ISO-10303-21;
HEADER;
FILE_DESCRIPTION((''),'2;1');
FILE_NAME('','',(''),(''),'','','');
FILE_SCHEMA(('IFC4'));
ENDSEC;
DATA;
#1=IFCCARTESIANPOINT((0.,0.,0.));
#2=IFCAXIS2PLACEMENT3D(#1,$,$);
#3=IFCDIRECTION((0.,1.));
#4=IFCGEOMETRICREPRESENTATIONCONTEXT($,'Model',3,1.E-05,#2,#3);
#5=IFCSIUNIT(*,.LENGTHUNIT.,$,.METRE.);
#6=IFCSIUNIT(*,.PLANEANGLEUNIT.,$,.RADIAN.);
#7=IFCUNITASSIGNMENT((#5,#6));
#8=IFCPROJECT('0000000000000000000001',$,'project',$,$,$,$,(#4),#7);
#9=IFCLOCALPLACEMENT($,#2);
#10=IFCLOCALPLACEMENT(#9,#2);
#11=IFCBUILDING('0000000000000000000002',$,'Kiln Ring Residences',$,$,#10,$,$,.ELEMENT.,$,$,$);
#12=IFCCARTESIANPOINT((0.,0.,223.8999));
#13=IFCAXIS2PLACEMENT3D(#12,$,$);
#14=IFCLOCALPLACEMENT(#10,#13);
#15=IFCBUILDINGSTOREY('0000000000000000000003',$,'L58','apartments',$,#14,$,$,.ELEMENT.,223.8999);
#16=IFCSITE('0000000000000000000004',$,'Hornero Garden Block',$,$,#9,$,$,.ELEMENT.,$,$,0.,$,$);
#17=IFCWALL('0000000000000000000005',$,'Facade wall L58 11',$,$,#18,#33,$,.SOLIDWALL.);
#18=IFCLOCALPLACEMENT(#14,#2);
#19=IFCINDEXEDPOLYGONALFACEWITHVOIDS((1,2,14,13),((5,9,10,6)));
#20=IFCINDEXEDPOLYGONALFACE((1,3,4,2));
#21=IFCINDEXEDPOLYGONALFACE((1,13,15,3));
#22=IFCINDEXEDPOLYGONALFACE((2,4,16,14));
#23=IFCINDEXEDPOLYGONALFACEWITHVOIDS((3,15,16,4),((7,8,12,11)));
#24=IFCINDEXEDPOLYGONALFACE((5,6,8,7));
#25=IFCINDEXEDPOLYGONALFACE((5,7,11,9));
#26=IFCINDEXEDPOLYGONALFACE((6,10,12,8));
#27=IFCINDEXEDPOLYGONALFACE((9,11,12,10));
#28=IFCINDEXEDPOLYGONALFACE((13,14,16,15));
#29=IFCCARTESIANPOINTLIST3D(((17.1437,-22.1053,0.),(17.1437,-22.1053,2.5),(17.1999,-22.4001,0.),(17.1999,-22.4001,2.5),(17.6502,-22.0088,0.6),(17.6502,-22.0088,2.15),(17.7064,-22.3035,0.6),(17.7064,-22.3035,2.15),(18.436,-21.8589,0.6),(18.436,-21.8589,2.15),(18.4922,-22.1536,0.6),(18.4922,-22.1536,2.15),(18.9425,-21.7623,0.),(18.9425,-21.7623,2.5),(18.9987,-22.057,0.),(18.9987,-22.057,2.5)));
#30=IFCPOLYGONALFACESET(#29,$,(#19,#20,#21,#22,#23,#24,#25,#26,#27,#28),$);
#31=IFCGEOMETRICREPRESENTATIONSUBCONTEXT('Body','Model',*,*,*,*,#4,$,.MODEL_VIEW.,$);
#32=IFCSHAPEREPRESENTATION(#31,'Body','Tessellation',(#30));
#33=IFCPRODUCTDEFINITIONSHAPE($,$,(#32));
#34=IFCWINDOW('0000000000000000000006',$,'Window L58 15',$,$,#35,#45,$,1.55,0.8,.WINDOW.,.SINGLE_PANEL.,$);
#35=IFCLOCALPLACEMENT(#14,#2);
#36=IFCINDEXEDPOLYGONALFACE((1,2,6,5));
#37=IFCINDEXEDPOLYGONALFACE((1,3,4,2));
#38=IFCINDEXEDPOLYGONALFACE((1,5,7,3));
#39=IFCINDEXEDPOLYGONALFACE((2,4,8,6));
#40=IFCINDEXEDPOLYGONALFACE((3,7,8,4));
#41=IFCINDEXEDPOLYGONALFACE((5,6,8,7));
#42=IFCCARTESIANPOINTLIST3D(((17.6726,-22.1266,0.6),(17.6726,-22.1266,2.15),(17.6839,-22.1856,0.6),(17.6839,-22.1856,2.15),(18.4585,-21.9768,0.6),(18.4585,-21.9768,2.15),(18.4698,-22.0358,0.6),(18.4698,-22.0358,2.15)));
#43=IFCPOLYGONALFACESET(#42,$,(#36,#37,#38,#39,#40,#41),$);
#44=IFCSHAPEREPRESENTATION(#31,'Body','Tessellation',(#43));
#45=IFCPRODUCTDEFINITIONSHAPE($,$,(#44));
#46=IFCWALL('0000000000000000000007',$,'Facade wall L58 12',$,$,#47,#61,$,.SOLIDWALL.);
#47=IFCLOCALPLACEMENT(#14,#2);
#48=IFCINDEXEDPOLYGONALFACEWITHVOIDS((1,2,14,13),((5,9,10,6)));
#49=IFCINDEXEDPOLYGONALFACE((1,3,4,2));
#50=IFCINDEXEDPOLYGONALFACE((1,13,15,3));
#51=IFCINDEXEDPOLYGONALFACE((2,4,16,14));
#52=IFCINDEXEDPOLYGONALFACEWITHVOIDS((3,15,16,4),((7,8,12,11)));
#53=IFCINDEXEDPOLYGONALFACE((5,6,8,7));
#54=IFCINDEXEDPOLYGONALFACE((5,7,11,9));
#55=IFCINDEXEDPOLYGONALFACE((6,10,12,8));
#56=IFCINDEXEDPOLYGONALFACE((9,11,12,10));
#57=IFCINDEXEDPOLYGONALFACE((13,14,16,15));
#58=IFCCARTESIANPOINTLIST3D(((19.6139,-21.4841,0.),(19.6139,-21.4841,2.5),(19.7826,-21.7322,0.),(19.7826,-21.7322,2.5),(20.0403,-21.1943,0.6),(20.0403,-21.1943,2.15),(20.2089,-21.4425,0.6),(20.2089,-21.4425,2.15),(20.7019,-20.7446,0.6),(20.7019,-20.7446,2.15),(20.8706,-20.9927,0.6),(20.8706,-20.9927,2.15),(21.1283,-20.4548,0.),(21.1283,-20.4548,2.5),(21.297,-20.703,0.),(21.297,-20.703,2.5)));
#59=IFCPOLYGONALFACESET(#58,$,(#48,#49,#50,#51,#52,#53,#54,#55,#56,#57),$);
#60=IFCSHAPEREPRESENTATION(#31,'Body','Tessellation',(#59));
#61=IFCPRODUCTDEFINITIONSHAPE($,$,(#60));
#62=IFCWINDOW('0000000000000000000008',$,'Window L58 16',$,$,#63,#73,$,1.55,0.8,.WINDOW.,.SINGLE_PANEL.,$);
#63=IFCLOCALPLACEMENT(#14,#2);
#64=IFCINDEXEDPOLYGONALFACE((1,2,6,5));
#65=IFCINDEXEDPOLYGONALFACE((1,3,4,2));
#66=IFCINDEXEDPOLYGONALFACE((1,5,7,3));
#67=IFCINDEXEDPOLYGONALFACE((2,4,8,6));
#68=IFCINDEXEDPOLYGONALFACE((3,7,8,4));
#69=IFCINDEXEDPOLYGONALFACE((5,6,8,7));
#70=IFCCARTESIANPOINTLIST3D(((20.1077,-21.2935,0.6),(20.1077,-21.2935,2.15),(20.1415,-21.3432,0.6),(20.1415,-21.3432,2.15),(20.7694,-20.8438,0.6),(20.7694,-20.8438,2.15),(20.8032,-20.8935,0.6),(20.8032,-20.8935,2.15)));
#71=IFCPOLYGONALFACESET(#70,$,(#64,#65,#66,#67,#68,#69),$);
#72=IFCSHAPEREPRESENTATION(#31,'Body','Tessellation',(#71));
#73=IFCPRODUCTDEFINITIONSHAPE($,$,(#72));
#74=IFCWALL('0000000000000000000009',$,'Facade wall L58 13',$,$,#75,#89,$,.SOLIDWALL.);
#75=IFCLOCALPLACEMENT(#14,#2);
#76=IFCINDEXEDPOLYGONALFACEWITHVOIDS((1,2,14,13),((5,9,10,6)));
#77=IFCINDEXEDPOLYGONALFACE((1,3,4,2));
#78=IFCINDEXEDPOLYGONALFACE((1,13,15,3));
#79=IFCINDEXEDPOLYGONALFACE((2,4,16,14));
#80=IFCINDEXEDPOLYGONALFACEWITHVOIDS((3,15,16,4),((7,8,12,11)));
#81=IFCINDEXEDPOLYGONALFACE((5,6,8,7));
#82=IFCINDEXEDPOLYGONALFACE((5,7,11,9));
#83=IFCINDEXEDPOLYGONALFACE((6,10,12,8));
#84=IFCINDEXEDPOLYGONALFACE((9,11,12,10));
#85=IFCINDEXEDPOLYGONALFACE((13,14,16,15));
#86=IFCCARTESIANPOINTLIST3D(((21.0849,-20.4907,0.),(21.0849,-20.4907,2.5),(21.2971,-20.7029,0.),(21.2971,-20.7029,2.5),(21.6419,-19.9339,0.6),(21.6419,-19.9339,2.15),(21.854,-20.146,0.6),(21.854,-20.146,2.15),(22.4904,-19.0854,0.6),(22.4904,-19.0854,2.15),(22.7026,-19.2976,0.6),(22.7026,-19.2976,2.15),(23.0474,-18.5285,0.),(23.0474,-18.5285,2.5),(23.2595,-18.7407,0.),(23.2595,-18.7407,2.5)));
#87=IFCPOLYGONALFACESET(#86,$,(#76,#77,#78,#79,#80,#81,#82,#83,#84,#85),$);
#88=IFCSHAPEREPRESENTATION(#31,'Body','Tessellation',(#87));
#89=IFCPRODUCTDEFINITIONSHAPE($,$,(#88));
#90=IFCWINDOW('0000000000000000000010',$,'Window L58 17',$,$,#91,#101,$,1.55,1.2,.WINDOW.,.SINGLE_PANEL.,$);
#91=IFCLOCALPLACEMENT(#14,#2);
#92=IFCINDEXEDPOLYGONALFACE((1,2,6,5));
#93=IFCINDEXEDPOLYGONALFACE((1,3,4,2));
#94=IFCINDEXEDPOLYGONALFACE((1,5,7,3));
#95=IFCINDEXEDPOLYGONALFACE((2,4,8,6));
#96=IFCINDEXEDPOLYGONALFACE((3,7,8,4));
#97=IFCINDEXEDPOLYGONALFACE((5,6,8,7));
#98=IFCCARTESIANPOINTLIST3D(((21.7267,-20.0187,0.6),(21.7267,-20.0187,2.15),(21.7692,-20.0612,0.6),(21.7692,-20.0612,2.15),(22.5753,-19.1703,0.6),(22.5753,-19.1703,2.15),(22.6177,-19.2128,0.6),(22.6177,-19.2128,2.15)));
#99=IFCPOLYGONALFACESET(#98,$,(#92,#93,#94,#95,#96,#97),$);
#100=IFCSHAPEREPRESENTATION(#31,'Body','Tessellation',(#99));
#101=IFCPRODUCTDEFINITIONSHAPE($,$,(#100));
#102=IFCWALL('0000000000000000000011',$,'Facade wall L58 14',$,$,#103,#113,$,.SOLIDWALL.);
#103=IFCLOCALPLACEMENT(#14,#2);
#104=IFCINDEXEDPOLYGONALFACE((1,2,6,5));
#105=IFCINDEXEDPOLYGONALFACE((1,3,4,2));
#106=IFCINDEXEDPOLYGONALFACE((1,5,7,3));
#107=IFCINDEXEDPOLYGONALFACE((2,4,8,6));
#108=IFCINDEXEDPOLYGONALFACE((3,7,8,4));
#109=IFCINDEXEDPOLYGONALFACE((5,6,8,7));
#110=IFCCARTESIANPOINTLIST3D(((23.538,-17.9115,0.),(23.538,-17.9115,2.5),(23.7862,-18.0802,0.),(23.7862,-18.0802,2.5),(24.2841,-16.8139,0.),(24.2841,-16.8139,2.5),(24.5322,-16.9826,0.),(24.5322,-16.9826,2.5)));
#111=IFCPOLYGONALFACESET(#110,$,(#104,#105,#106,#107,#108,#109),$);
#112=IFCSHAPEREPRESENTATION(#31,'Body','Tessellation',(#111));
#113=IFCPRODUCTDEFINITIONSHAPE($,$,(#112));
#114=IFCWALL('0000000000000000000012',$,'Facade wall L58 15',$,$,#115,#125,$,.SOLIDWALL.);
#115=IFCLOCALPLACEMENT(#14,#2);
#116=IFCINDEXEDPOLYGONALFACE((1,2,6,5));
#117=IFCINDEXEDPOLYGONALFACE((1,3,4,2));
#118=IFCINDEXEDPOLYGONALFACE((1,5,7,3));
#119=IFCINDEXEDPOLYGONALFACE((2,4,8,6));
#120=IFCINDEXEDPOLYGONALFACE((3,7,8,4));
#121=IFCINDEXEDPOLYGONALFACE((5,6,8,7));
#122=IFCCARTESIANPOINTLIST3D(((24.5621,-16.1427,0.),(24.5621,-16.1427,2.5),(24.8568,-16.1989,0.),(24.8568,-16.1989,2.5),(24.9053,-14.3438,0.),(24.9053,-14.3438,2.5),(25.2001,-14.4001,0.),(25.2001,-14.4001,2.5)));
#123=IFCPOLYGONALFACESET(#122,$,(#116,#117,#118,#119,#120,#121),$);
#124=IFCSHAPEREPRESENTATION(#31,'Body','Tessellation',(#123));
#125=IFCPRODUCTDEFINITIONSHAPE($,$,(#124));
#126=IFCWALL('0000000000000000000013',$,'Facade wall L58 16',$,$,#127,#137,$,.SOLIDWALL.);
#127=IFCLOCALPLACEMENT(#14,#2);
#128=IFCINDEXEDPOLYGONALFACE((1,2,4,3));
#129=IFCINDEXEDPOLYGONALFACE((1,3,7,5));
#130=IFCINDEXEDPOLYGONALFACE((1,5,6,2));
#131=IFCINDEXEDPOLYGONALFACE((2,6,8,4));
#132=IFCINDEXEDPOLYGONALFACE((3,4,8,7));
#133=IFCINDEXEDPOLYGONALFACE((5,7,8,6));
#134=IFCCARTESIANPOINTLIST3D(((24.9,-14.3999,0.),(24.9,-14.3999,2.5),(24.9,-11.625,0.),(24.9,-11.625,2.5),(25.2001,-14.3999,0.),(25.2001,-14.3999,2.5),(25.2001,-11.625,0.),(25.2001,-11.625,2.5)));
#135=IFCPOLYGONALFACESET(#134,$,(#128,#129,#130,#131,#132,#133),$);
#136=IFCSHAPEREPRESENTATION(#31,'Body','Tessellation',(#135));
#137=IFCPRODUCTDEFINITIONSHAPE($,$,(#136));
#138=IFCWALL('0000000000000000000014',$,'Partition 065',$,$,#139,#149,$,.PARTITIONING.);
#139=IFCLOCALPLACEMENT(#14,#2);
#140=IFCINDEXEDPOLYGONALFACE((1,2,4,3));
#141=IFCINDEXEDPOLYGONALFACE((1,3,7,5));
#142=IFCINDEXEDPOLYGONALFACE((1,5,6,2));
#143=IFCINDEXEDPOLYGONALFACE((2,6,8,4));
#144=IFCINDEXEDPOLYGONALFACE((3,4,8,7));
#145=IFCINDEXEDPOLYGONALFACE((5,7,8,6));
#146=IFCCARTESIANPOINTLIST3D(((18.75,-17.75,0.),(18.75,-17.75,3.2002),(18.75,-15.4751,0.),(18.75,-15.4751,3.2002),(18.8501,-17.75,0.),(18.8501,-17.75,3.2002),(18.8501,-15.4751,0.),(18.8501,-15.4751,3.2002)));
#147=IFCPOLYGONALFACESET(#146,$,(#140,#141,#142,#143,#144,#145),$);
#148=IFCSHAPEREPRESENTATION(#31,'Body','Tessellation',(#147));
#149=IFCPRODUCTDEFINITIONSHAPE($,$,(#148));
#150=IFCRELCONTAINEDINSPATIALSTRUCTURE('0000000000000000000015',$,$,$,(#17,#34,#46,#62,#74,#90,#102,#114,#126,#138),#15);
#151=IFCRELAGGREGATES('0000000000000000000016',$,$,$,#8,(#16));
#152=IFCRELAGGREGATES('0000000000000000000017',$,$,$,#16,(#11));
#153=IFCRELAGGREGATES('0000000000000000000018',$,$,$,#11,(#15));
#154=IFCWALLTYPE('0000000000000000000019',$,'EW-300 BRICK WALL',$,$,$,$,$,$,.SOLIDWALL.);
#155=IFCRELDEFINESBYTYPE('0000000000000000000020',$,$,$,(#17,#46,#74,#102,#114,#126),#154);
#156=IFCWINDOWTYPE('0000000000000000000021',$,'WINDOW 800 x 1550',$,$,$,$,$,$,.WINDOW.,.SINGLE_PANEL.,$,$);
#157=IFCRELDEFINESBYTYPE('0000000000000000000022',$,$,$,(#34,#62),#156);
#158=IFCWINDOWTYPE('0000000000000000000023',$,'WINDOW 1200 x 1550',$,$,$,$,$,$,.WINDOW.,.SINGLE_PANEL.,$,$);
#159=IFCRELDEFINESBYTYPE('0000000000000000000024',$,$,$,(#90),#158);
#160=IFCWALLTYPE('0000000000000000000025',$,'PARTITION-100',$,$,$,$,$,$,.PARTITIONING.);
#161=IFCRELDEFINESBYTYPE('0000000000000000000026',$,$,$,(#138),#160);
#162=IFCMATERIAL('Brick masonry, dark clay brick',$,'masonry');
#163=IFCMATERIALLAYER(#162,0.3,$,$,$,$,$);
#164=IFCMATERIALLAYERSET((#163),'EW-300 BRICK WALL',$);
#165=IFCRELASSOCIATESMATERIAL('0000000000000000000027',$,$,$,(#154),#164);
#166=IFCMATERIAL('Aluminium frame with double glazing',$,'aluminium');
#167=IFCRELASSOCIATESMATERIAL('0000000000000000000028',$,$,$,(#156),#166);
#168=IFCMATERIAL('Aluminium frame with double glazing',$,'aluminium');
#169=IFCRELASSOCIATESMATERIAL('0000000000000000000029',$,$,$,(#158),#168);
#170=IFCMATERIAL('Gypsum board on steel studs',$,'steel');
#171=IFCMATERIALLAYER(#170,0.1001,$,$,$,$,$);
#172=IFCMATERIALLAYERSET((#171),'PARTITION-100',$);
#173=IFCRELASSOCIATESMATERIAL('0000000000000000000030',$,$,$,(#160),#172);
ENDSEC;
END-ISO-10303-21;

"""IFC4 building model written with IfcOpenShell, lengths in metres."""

from ifc_helpers import new_model, si_unit, direction, frame, frame_2d, origin, place, context, subcontext, project, spatial, rectangle, extrude, material, layer, layer_set, type_object, element, fill, save


model = new_model("IFC4")

# Units and contexts
model_context = context("Model", 3, precision=1e-05, world=origin(), true_north=direction((0.0, 1.0)))
body_context = subcontext(model_context, "Body", "Model", "MODEL_VIEW")
ifc_project = project(units=[si_unit("LENGTHUNIT", "METRE"), si_unit("PLANEANGLEUNIT", "RADIAN")], contexts=[model_context])

# Site, building, storey
site_placement = place(None, origin())
site = spatial("IfcSite", under=ifc_project, at=site_placement, Name="Hornero Garden Block", CompositionType="ELEMENT", RefElevation=0.0)
building_placement = place(site_placement, origin())
building = spatial("IfcBuilding", under=site, at=building_placement, Name="Kiln Ring Residences", CompositionType="ELEMENT")
storey_placement = place(building_placement, frame((0.0, 0.0, 223.8999)))
storey = spatial("IfcBuildingStorey", under=building, at=storey_placement, Name="L58", Description="apartments", CompositionType="ELEMENT", Elevation=223.8999)

# Walls, openings, windows
ifc_material_1 = material(Name="Brick masonry, dark clay brick", Category="masonry")
ifc_layer_1 = layer(ifc_material_1, 0.3)
ifc_layer_set_1 = layer_set([ifc_layer_1], Name="EW-300 BRICK WALL")
wall_type_1 = type_object("IfcWallType", Name="EW-300 BRICK WALL", PredefinedType="SOLIDWALL", material=ifc_layer_set_1)
wall_1_placement = place(storey_placement, frame((17.1719, -22.2527, 0.0), z_axis=(0.0, 0.0, 1.0), x_axis=(0.9823, 0.187314, 0.0)))
wall_1 = element("IfcWall", 1, at=wall_1_placement, inside=storey, type_object=wall_type_1, Name="Facade wall L58 11", PredefinedType="SOLIDWALL", context=body_context, shape_type="SweptSolid", body=[
    extrude(rectangle(XDim=1.8313, YDim=0.3, at=frame_2d((0.9155, 0.0))), origin(), (0.0, 0.0, 1.0), 2.5),
])
opening_1_placement = place(wall_1_placement, frame((0.5156, 0.0, 0.6001)))
opening_1 = element("IfcOpeningElement", 2, at=opening_1_placement, cuts=wall_1, PredefinedType="OPENING", context=body_context, shape_type="SweptSolid", body=[
    extrude(rectangle(XDim=0.8, YDim=1.55, at=frame_2d((0.3999, 0.7749))), frame((0.0, 0.1599, 0.0), z_axis=(0.0, -1.0, 0.0), x_axis=(1.0, 0.0, 0.0)), (0.0, 0.0, 1.0), 0.3201),
])
ifc_material_2 = material(Name="Aluminium frame with double glazing", Category="aluminium")
window_type_1 = type_object("IfcWindowType", Name="WINDOW 800 x 1550", PartitioningType="SINGLE_PANEL", PredefinedType="WINDOW", material=ifc_material_2)
window_1_placement = place(opening_1_placement, origin())
window_1 = element("IfcWindow", 3, at=window_1_placement, inside=storey, type_object=window_type_1, Name="Window L58 15", OverallHeight=1.55, OverallWidth=0.8, PartitioningType="SINGLE_PANEL", PredefinedType="WINDOW", context=body_context, shape_type="SweptSolid", body=[
    extrude(rectangle(XDim=0.8, YDim=1.55, at=frame_2d((0.3999, 0.7749))), frame((0.0, 0.03, 0.0), z_axis=(0.0, -1.0, 0.0), x_axis=(1.0, 0.0, 0.0)), (0.0, 0.0, 1.0), 0.0601),
])
fill(opening_1, window_1)
wall_2_placement = place(storey_placement, frame((19.6982, -21.6082, 0.0), z_axis=(0.0, 0.0, 1.0), x_axis=(0.827053, 0.562124, 0.0)))
wall_2 = element("IfcWall", 4, at=wall_2_placement, inside=storey, type_object=wall_type_1, Name="Facade wall L58 12", PredefinedType="SOLIDWALL", context=body_context, shape_type="SweptSolid", body=[
    extrude(rectangle(XDim=1.8311, YDim=0.3, at=frame_2d((0.9155, 0.0))), origin(), (0.0, 0.0, 1.0), 2.5),
])
opening_2_placement = place(wall_2_placement, frame((0.5156, 0.0, 0.6001)))
opening_2 = element("IfcOpeningElement", 5, at=opening_2_placement, cuts=wall_2, PredefinedType="OPENING", context=body_context, shape_type="SweptSolid", body=[
    extrude(rectangle(XDim=0.8, YDim=1.55, at=frame_2d((0.3999, 0.7749))), frame((0.0, 0.1599, 0.0), z_axis=(0.0, -1.0, 0.0), x_axis=(1.0, 0.0, 0.0)), (0.0, 0.0, 1.0), 0.3201),
])
window_2_placement = place(opening_2_placement, origin())
window_2 = element("IfcWindow", 6, at=window_2_placement, inside=storey, type_object=window_type_1, Name="Window L58 16", OverallHeight=1.55, OverallWidth=0.8, PartitioningType="SINGLE_PANEL", PredefinedType="WINDOW", context=body_context, shape_type="SweptSolid", body=[
    extrude(rectangle(XDim=0.8, YDim=1.55, at=frame_2d((0.3999, 0.7749))), frame((0.0, 0.03, 0.0), z_axis=(0.0, -1.0, 0.0), x_axis=(1.0, 0.0, 0.0)), (0.0, 0.0, 1.0), 0.0601),
])
fill(opening_2, window_2)
wall_3_placement = place(storey_placement, frame((21.1909, -20.5969, 0.0), z_axis=(0.0, 0.0, 1.0), x_axis=(0.707151, 0.707063, 0.0)))
wall_3 = element("IfcWall", 7, at=wall_3_placement, inside=storey, type_object=wall_type_1, Name="Facade wall L58 13", PredefinedType="SOLIDWALL", context=body_context, shape_type="SweptSolid", body=[
    extrude(rectangle(XDim=2.7751, YDim=0.3, at=frame_2d((1.3877, 0.0))), origin(), (0.0, 0.0, 1.0), 2.5),
])
opening_3_placement = place(wall_3_placement, frame((0.7876, 0.0, 0.6001)))
opening_3 = element("IfcOpeningElement", 8, at=opening_3_placement, cuts=wall_3, PredefinedType="OPENING", context=body_context, shape_type="SweptSolid", body=[
    extrude(rectangle(XDim=1.2, YDim=1.55, at=frame_2d((0.6001, 0.7749))), frame((0.0, 0.1599, 0.0), z_axis=(0.0, -1.0, 0.0), x_axis=(1.0, 0.0, 0.0)), (0.0, 0.0, 1.0), 0.3201),
])
ifc_material_3 = material(Name="Aluminium frame with double glazing", Category="aluminium")
window_type_2 = type_object("IfcWindowType", Name="WINDOW 1200 x 1550", PartitioningType="SINGLE_PANEL", PredefinedType="WINDOW", material=ifc_material_3)
window_3_placement = place(opening_3_placement, origin())
window_3 = element("IfcWindow", 9, at=window_3_placement, inside=storey, type_object=window_type_2, Name="Window L58 17", OverallHeight=1.55, OverallWidth=1.2, PartitioningType="SINGLE_PANEL", PredefinedType="WINDOW", context=body_context, shape_type="SweptSolid", body=[
    extrude(rectangle(XDim=1.2, YDim=1.55, at=frame_2d((0.6001, 0.7749))), frame((0.0, 0.03, 0.0), z_axis=(0.0, -1.0, 0.0), x_axis=(1.0, 0.0, 0.0)), (0.0, 0.0, 1.0), 0.0601),
])
fill(opening_3, window_3)

# Walls
wall_4_placement = place(storey_placement, frame((23.6621, -17.9958, 0.0), z_axis=(0.0, 0.0, 1.0), x_axis=(0.562149, 0.827036, 0.0)))
element("IfcWall", 10, at=wall_4_placement, inside=storey, type_object=wall_type_1, Name="Facade wall L58 14", PredefinedType="SOLIDWALL", context=body_context, shape_type="SweptSolid", body=[
    extrude(rectangle(XDim=1.3271, YDim=0.3, at=frame_2d((0.6636, 0.0))), origin(), (0.0, 0.0, 1.0), 2.5),
])
wall_5_placement = place(storey_placement, frame((24.7095, -16.1707, 0.0), z_axis=(0.0, 0.0, 1.0), x_axis=(0.187443, 0.982275, 0.0)))
element("IfcWall", 11, at=wall_5_placement, inside=storey, type_object=wall_type_1, Name="Facade wall L58 15", PredefinedType="SOLIDWALL", context=body_context, shape_type="SweptSolid", body=[
    extrude(rectangle(XDim=1.8313, YDim=0.3, at=frame_2d((0.9155, 0.0))), origin(), (0.0, 0.0, 1.0), 2.5),
])
wall_6_placement = place(storey_placement, frame((25.05, -14.3999, 0.0), z_axis=(0.0, 0.0, 1.0), x_axis=(0.0, 1.0, 0.0)))
element("IfcWall", 12, at=wall_6_placement, inside=storey, type_object=wall_type_1, Name="Facade wall L58 16", PredefinedType="SOLIDWALL", context=body_context, shape_type="SweptSolid", body=[
    extrude(rectangle(XDim=2.7749, YDim=0.3, at=frame_2d((1.3875, 0.0))), origin(), (0.0, 0.0, 1.0), 2.5),
])
ifc_material_4 = material(Name="Gypsum board on steel studs", Category="steel")
ifc_layer_2 = layer(ifc_material_4, 0.1001)
ifc_layer_set_2 = layer_set([ifc_layer_2], Name="PARTITION-100")
wall_type_2 = type_object("IfcWallType", Name="PARTITION-100", PredefinedType="PARTITIONING", material=ifc_layer_set_2)
wall_7_placement = place(storey_placement, frame((18.8, -17.75, 0.0), z_axis=(0.0, 0.0, 1.0), x_axis=(0.0, 1.0, 0.0)))
element("IfcWall", 13, at=wall_7_placement, inside=storey, type_object=wall_type_2, Name="Partition 065", PredefinedType="PARTITIONING", context=body_context, shape_type="SweptSolid", body=[
    extrude(rectangle(XDim=2.2749, YDim=0.1001, at=frame_2d((1.1375, 0.0))), origin(), (0.0, 0.0, 1.0), 3.2002),
])

save(model, "model.ifc")
